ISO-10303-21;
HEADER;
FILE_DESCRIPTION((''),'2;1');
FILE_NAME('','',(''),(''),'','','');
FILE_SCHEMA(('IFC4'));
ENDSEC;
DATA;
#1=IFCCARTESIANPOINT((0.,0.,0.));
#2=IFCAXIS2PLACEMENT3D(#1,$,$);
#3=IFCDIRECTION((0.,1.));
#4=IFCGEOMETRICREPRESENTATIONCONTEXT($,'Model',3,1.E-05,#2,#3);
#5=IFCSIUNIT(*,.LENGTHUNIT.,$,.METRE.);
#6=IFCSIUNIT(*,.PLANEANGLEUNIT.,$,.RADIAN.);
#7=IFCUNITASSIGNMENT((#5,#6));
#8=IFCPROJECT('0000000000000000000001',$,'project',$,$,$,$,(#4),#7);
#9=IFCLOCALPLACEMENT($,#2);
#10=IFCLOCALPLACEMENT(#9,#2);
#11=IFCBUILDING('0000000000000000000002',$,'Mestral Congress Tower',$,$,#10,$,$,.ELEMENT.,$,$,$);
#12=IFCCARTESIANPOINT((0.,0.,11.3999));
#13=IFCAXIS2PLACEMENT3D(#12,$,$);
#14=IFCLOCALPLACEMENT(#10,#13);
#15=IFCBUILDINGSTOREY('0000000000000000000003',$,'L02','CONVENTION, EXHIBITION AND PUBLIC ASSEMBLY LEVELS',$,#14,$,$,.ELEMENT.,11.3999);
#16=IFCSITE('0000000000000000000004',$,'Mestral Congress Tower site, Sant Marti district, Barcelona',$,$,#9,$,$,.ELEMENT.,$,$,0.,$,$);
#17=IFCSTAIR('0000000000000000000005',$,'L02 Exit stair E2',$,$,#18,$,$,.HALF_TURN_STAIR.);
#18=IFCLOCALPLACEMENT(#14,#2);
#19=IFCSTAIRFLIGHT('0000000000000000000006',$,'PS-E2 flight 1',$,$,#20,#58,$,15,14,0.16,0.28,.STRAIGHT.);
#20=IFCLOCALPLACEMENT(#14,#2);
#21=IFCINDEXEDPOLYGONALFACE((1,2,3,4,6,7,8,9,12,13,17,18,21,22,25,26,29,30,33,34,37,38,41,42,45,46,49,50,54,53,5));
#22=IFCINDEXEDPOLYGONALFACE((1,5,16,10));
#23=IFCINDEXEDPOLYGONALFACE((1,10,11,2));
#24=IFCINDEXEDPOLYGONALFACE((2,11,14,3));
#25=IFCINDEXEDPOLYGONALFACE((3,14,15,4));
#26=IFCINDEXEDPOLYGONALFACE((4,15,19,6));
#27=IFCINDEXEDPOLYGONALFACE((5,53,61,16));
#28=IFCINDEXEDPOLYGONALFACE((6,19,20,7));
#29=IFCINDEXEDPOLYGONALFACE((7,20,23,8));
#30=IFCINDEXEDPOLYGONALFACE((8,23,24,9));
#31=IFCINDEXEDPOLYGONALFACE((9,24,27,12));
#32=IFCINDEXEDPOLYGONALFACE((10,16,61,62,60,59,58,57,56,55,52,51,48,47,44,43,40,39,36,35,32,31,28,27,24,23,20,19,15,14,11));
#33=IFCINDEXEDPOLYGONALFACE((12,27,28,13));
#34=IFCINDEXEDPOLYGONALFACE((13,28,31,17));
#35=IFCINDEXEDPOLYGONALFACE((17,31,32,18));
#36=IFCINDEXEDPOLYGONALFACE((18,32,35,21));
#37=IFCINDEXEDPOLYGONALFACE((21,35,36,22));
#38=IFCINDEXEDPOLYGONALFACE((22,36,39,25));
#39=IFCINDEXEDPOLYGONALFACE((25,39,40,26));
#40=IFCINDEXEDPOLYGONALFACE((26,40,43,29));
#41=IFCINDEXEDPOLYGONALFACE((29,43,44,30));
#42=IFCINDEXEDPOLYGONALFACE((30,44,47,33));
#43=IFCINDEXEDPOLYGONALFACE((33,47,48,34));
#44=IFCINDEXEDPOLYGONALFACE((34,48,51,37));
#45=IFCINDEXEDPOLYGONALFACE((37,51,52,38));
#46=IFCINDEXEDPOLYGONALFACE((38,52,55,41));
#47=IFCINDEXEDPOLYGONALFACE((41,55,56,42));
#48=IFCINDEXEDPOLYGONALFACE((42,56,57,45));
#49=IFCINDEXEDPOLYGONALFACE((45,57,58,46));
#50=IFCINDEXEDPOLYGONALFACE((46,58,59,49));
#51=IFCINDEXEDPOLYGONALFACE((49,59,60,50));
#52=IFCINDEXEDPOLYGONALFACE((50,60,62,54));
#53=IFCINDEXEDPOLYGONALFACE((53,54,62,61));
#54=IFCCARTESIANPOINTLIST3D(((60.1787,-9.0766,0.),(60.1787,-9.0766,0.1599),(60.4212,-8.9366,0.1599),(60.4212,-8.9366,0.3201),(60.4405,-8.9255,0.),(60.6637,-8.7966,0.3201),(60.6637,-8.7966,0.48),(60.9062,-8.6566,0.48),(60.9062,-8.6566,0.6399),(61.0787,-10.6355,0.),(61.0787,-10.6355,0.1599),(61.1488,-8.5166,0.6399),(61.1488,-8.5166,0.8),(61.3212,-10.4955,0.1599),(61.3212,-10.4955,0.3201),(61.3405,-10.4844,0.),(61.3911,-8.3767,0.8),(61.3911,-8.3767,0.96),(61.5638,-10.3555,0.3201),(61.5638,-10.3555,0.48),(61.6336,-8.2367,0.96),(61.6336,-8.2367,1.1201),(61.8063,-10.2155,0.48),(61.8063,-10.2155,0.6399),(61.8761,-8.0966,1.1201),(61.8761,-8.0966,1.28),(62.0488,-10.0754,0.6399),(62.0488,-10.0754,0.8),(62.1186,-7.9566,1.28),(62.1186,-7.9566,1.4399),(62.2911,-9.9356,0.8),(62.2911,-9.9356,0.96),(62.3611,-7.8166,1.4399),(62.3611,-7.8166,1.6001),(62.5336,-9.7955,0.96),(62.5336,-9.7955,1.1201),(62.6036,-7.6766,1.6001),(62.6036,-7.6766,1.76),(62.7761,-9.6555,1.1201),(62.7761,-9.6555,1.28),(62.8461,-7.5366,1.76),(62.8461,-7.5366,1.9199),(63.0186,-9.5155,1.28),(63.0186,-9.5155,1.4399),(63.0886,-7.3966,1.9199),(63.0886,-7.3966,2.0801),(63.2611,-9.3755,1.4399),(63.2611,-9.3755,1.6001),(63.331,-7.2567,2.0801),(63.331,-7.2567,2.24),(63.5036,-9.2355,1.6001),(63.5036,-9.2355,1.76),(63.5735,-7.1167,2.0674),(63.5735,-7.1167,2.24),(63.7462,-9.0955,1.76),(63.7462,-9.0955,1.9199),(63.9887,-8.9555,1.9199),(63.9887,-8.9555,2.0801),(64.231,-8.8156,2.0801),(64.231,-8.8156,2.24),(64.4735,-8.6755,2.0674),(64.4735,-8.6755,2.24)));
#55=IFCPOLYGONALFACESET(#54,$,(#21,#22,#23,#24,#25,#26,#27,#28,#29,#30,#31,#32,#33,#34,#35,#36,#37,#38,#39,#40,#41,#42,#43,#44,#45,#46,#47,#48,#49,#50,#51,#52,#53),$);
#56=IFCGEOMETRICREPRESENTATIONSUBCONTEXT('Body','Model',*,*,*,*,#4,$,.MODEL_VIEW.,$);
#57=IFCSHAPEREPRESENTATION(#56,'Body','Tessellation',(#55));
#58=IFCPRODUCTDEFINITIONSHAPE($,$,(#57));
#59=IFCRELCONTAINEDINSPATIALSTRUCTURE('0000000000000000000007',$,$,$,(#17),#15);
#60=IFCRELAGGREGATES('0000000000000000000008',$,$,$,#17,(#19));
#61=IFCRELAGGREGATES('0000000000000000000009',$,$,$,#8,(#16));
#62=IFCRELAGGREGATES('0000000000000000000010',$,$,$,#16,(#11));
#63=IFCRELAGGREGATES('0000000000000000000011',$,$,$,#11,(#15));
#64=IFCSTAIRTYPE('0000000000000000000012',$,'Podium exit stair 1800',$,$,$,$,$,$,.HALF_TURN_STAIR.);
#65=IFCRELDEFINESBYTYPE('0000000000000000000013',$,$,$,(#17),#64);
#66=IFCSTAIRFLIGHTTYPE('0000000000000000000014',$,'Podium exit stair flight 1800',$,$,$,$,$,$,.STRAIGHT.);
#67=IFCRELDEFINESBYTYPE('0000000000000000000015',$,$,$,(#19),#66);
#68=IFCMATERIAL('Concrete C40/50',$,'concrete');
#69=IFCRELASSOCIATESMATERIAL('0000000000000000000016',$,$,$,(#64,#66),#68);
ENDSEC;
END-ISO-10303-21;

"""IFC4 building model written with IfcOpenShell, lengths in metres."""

from ifc_helpers import new_model, si_unit, direction, frame, origin, place, context, subcontext, project, spatial, polyline, outline, extrude, material, type_object, element, aggregate, save


model = new_model("IFC4")

# Units and contexts
model_context = context("Model", 3, precision=1e-05, world=origin(), true_north=direction((0.0, 1.0)))
body_context = subcontext(model_context, "Body", "Model", "MODEL_VIEW")
ifc_project = project(units=[si_unit("LENGTHUNIT", "METRE"), si_unit("PLANEANGLEUNIT", "RADIAN")], contexts=[model_context])

# Site, building, storey
site_placement = place(None, origin())
site = spatial("IfcSite", under=ifc_project, at=site_placement, Name="Mestral Congress Tower site, Sant Marti district, Barcelona", CompositionType="ELEMENT", RefElevation=0.0)
building_placement = place(site_placement, origin())
building = spatial("IfcBuilding", under=site, at=building_placement, Name="Mestral Congress Tower", CompositionType="ELEMENT")
storey_placement = place(building_placement, frame((0.0, 0.0, 11.3999)))
storey = spatial("IfcBuildingStorey", under=building, at=storey_placement, Name="L02", Description="CONVENTION, EXHIBITION AND PUBLIC ASSEMBLY LEVELS", CompositionType="ELEMENT", Elevation=11.3999)

# Shared definitions
ifc_material_1 = material(Name="Concrete C40/50", Category="concrete")
stair_type = type_object("IfcStairType", Name="Podium exit stair 1800", PredefinedType="HALF_TURN_STAIR", material=ifc_material_1)
placement = place(storey_placement, origin())
stair_flight_type = type_object("IfcStairFlightType", Name="Podium exit stair flight 1800", PredefinedType="STRAIGHT", material=ifc_material_1)

# Stair, stair flight
stair_1 = element("IfcStair", 1, at=placement, inside=storey, type_object=stair_type, Name="L02 Exit stair E2", PredefinedType="HALF_TURN_STAIR")
stair_flight_1_placement = place(storey_placement, frame((60.6287, -9.856, 0.0), z_axis=(0.0, 0.0, 1.0), x_axis=(0.866025, 0.5, 0.0)))
stair_flight_1 = element("IfcStairFlight", 2, at=stair_flight_1_placement, type_object=stair_flight_type, Name="PS-E2 flight 1", NumberOfRisers=15, NumberOfTreads=14, PredefinedType="STRAIGHT", RiserHeight=0.16, TreadLength=0.28, context=body_context, shape_type="SweptSolid", body=[
    extrude(outline(polyline([(0.0, 0.0), (0.0, 0.1599), (0.28, 0.1599), (0.28, 0.3201), (0.5601, 0.3201), (0.5601, 0.48), (0.8401, 0.48), (0.8401, 0.6399), (1.1201, 0.6399), (1.1201, 0.8), (1.3999, 0.8), (1.3999, 0.96), (1.6799, 0.96), (1.6799, 1.1201), (1.96, 1.1201), (1.96, 1.28), (2.24, 1.28), (2.24, 1.4399), (2.52, 1.4399), (2.52, 1.6001), (2.8, 1.6001), (2.8, 1.76), (3.0801, 1.76), (3.0801, 1.9199), (3.3601, 1.9199), (3.3601, 2.0801), (3.6399, 2.0801), (3.6399, 2.24), (3.9199, 2.24), (3.9199, 2.3999), (3.9199, 2.0674), (0.3022, 0.0), (0.0, 0.0)])), frame((0.0, 0.8999, 0.0), z_axis=(0.0, -1.0, 0.0), x_axis=(1.0, 0.0, 0.0)), (0.0, 0.0, 1.0), 1.8),
])
aggregate(stair_1, [stair_flight_1])

save(model, "model.ifc")
